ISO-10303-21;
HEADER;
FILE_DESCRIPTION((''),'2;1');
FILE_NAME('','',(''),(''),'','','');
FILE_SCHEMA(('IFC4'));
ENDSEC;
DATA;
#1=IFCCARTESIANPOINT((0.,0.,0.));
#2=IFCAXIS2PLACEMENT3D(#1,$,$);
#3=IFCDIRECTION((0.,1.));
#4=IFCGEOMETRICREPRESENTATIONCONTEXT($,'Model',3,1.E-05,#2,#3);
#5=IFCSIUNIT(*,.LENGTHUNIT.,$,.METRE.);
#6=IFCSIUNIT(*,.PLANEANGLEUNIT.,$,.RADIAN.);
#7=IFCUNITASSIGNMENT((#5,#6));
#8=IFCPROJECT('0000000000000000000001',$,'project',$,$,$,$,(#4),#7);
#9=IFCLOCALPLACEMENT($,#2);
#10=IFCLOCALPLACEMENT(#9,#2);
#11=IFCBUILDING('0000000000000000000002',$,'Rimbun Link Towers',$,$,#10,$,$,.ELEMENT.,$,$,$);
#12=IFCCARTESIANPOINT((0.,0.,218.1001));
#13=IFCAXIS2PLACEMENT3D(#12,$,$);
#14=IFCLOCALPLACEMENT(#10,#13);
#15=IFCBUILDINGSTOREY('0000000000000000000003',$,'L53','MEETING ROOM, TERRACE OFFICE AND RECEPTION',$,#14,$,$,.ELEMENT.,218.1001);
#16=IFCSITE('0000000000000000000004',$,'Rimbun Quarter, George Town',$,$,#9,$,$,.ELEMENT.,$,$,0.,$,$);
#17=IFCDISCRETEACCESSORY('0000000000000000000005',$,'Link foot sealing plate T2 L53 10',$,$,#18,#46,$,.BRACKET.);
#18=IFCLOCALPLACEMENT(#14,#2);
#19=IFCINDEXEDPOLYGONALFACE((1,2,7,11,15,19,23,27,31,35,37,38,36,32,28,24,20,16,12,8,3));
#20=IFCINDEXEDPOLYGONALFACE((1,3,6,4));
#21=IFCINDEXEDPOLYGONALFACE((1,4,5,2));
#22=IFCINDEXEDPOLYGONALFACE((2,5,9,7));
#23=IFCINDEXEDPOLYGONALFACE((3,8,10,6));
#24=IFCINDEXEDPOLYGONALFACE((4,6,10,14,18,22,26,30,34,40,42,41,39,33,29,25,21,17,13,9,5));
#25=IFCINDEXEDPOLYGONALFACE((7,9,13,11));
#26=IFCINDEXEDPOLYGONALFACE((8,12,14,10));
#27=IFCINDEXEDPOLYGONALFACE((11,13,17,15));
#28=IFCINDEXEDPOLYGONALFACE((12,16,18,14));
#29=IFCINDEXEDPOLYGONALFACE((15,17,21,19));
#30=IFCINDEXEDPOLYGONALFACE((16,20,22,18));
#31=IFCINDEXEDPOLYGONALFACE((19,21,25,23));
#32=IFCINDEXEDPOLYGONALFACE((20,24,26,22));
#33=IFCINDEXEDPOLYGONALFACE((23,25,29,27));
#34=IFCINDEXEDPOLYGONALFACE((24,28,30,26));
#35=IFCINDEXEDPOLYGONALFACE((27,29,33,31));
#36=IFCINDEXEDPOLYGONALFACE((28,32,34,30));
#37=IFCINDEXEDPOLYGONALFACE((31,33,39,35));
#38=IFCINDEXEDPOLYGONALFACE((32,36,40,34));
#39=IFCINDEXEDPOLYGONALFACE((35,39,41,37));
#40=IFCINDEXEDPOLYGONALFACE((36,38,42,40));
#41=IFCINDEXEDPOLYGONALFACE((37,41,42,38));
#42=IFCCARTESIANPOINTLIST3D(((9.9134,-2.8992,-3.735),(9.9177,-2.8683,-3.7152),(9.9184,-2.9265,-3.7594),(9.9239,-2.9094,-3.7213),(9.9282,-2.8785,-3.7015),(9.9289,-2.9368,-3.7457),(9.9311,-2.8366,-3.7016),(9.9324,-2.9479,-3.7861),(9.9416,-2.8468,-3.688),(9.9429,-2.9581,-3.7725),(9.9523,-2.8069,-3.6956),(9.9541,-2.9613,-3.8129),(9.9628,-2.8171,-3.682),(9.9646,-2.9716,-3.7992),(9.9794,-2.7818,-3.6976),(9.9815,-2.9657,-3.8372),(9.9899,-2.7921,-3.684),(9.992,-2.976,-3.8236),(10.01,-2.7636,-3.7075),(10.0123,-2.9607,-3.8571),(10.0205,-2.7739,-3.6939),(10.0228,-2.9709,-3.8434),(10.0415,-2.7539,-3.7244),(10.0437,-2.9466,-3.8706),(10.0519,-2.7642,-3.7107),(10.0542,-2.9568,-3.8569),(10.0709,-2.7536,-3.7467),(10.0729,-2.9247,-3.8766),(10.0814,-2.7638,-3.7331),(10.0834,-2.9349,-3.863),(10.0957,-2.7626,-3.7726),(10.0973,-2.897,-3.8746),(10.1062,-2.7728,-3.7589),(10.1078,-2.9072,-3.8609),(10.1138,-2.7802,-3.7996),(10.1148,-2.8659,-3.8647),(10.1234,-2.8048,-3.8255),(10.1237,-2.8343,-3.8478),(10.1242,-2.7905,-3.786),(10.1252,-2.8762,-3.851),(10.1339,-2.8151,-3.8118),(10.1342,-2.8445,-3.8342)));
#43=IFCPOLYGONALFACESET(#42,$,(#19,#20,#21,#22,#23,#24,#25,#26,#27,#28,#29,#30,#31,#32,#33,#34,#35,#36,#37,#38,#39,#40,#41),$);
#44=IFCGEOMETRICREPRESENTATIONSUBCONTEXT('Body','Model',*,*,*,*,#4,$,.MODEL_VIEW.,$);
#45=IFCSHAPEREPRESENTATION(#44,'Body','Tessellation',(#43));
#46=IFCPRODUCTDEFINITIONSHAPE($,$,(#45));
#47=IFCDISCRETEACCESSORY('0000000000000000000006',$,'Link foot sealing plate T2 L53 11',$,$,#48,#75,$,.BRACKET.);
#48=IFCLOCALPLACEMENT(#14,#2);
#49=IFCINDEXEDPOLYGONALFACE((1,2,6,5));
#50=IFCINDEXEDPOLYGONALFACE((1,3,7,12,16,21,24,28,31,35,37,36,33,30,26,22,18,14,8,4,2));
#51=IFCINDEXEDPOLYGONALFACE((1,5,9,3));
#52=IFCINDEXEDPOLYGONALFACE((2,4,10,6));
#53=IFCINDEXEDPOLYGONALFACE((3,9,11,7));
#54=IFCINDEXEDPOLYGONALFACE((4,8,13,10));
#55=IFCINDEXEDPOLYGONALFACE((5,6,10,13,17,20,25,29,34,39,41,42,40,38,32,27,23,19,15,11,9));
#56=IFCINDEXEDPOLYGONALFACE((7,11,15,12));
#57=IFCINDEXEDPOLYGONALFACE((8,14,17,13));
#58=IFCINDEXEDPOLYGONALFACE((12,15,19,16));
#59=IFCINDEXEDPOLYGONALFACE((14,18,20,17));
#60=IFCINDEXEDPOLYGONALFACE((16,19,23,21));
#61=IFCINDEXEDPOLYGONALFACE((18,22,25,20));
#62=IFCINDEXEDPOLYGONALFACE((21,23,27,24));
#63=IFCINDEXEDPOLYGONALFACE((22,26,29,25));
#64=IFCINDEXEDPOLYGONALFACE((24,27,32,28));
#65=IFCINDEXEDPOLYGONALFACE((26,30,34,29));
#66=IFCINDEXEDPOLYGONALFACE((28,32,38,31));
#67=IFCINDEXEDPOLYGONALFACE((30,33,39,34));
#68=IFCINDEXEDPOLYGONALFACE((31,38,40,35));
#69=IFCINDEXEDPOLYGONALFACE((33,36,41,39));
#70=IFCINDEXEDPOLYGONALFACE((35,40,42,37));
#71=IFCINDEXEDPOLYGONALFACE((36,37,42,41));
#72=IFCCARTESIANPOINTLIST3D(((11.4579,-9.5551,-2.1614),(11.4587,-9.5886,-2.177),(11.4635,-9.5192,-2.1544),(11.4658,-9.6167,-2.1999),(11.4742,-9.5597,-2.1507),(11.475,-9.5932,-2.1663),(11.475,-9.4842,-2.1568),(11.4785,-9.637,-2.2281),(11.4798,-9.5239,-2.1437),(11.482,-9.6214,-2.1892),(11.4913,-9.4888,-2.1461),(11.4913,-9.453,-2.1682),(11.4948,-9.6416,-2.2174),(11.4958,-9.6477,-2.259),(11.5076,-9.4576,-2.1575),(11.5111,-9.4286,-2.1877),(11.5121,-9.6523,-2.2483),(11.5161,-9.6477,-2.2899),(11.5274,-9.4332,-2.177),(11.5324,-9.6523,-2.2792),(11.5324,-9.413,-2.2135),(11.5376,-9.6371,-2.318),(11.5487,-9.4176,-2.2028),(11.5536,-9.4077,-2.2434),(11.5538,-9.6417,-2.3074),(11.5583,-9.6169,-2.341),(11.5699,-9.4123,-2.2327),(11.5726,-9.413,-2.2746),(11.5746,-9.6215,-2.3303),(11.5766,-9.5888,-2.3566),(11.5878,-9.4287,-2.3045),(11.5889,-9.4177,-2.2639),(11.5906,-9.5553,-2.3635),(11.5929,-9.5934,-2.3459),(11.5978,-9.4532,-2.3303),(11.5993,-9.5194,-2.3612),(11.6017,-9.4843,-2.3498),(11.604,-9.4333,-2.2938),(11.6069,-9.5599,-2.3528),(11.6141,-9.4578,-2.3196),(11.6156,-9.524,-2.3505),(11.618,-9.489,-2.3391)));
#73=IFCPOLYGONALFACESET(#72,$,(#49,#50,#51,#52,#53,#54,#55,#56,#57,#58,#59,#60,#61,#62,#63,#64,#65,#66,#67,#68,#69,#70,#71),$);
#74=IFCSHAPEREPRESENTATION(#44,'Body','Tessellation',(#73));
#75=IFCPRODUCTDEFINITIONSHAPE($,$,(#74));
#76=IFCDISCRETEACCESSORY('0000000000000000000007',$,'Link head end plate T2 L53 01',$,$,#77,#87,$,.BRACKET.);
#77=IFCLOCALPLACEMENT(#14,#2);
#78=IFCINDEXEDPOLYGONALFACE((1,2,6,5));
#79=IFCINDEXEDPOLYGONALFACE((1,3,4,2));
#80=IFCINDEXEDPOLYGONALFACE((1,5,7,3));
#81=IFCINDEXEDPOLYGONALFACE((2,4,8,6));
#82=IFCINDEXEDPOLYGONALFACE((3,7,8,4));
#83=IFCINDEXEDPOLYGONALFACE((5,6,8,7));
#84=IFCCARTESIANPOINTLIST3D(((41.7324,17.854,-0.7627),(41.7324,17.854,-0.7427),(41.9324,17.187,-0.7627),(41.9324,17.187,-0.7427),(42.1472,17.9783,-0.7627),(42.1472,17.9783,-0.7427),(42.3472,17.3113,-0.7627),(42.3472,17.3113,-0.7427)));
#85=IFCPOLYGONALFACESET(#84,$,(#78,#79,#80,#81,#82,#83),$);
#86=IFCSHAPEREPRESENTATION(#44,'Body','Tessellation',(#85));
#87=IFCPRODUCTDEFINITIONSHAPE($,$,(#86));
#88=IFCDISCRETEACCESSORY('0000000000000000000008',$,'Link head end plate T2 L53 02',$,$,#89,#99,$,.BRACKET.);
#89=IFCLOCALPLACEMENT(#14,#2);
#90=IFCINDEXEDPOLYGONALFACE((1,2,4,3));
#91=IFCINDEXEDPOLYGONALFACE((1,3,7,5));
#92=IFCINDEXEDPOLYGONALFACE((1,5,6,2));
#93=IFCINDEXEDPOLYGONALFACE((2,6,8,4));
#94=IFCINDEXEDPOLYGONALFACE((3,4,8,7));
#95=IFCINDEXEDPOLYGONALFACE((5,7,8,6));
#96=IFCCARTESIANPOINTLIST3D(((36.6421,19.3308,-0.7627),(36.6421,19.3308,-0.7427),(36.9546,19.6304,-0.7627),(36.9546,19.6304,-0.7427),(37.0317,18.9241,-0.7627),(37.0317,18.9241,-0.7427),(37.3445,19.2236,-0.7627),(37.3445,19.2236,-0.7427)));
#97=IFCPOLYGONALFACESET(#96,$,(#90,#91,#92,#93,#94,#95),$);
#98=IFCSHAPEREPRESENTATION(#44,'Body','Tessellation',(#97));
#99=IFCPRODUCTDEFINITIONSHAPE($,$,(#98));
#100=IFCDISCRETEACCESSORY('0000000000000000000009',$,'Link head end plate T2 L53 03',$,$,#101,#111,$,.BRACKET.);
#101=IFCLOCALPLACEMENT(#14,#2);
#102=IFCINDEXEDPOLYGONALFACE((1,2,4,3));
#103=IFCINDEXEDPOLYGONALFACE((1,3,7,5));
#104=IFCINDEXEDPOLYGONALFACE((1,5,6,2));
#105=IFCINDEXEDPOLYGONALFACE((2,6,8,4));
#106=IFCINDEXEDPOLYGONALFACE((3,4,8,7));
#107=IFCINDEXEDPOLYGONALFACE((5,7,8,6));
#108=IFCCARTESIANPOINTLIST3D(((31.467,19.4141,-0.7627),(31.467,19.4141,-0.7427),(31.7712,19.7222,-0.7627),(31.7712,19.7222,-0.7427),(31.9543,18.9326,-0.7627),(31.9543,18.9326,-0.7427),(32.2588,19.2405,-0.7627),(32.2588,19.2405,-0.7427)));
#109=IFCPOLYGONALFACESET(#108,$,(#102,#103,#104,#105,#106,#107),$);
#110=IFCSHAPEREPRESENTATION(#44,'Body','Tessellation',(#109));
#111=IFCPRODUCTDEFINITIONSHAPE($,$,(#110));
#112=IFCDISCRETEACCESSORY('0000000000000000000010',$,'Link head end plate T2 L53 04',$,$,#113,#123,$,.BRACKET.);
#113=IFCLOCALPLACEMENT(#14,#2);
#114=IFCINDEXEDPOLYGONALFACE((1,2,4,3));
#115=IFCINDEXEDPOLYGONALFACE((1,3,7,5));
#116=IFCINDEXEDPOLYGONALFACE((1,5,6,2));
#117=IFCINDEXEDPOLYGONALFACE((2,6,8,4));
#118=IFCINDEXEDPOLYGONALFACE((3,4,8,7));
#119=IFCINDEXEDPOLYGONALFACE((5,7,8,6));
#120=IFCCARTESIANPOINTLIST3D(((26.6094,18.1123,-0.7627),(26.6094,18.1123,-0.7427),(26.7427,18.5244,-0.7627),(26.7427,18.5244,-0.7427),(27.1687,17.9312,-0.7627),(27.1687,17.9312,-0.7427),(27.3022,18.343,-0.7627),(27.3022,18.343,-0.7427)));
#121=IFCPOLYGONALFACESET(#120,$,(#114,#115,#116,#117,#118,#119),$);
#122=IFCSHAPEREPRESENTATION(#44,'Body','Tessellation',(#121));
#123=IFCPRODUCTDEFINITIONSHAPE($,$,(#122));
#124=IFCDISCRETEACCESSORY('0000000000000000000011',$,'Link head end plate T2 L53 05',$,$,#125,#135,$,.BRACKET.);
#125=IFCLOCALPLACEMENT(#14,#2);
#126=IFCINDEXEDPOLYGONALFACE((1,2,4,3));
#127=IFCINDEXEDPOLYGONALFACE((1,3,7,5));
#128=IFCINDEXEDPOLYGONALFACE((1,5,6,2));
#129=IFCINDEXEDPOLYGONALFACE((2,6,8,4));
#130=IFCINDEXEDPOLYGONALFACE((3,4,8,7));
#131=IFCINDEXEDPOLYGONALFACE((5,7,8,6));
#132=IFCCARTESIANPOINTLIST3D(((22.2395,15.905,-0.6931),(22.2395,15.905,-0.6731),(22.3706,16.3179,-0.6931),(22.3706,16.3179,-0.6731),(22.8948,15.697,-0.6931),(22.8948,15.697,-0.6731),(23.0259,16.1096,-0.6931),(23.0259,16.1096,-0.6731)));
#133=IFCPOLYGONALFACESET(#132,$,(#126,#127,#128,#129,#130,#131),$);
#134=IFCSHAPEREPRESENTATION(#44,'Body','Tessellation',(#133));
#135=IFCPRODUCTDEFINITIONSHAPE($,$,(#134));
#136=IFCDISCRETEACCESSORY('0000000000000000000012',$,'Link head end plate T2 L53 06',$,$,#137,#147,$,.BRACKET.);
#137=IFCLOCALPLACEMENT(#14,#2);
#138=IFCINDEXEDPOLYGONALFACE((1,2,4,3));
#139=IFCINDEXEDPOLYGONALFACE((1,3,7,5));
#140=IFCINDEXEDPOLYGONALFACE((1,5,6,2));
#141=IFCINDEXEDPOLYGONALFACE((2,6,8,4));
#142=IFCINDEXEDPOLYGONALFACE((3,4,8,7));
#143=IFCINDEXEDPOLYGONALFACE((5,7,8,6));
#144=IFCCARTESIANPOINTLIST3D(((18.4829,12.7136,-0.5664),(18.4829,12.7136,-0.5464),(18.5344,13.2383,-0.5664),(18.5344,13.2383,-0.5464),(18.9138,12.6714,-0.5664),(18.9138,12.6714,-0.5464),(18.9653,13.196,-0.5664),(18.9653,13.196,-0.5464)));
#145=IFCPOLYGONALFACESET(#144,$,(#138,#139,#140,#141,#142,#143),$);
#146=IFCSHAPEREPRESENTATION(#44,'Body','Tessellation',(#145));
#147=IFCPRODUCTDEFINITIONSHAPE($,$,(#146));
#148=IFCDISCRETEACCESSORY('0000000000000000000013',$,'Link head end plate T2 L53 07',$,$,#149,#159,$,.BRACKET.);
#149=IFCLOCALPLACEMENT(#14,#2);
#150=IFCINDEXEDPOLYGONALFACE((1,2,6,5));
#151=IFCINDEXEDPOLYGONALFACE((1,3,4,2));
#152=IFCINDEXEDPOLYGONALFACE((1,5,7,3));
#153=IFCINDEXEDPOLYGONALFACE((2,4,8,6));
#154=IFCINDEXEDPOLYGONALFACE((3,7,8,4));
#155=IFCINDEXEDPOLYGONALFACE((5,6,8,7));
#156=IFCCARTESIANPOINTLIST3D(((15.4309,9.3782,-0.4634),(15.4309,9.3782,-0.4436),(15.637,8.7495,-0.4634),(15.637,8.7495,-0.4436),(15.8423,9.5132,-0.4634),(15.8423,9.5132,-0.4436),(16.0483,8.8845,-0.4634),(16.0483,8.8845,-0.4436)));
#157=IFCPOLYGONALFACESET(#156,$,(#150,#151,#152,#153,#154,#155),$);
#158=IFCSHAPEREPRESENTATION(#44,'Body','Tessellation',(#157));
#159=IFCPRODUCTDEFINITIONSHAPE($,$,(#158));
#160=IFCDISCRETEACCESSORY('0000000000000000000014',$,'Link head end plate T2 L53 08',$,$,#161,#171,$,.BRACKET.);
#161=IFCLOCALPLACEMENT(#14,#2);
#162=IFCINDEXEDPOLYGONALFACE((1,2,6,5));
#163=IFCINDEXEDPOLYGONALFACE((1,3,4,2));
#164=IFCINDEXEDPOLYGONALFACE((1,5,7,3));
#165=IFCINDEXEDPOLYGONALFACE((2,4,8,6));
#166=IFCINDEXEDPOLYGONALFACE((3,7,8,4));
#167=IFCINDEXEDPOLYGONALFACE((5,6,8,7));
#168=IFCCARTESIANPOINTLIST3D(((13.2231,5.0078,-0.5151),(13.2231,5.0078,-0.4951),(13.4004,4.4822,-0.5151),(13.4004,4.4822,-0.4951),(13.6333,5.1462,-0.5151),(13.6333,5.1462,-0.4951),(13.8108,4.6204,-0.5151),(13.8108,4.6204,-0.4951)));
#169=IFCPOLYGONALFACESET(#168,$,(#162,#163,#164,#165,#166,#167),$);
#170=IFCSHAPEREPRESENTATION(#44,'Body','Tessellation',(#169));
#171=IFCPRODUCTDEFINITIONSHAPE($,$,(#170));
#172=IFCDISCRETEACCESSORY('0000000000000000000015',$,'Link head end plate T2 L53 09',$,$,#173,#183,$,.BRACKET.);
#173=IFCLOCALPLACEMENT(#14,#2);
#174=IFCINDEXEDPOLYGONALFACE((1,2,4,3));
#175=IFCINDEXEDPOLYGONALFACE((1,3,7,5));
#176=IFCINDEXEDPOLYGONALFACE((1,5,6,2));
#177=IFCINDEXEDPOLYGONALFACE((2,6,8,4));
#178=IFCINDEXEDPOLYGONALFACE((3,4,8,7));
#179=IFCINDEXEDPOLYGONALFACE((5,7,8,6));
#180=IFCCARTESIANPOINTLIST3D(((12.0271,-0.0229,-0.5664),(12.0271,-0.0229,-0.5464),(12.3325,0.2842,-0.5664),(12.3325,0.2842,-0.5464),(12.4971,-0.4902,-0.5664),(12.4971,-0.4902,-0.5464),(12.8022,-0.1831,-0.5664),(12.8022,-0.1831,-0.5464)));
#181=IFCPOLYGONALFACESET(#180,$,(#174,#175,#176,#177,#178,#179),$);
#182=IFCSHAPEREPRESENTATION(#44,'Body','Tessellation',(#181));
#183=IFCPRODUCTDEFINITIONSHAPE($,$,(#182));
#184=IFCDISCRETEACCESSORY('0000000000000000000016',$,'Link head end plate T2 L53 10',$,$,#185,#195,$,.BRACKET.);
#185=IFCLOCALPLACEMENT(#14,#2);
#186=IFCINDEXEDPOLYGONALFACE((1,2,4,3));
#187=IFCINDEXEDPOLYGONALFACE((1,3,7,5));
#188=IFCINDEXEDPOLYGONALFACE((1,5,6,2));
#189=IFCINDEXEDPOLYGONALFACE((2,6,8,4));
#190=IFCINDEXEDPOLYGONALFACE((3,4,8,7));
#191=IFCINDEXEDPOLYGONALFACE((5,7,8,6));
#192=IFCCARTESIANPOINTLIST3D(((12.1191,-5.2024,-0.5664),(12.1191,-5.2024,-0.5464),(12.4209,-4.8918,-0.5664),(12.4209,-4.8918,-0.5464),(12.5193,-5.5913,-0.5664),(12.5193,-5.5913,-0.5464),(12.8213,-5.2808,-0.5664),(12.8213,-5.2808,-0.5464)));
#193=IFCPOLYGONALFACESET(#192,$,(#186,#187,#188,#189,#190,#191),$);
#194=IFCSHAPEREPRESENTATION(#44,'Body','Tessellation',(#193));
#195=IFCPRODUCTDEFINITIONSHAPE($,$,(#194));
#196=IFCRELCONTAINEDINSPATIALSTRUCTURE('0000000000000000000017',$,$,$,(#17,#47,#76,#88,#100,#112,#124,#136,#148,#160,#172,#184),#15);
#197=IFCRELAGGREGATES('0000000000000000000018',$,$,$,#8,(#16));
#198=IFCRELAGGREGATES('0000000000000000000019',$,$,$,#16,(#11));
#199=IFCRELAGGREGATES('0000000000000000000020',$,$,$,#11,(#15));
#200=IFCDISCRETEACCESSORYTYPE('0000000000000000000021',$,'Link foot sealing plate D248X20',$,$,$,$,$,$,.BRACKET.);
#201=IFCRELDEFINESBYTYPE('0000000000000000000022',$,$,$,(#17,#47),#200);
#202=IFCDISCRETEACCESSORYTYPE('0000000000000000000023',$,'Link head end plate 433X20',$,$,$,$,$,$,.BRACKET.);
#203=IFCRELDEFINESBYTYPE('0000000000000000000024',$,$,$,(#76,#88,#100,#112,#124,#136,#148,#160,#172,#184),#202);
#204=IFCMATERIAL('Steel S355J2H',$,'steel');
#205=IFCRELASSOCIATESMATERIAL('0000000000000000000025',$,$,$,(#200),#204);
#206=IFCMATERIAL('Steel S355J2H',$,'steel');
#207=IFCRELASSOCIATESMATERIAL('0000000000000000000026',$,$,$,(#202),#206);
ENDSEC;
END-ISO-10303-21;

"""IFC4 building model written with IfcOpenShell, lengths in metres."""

from ifc_helpers import new_model, si_unit, direction, frame, origin, origin_2d, place, context, subcontext, project, spatial, polyline, rectangle, circle, outline, extrude, material, material_profile, profile_set, type_object, element, save


model = new_model("IFC4")

# Units and contexts
model_context = context("Model", 3, precision=1e-05, world=origin(), true_north=direction((0.0, 1.0)))
body_context = subcontext(model_context, "Body", "Model", "MODEL_VIEW")
ifc_project = project(units=[si_unit("LENGTHUNIT", "METRE"), si_unit("PLANEANGLEUNIT", "RADIAN")], contexts=[model_context])

# Site, building, storey
site_placement = place(None, origin())
site = spatial("IfcSite", under=ifc_project, at=site_placement, Name="Rimbun Quarter, George Town", CompositionType="ELEMENT", RefElevation=0.0)
building_placement = place(site_placement, origin())
building = spatial("IfcBuilding", under=site, at=building_placement, Name="Rimbun Link Towers", CompositionType="ELEMENT")
storey_placement = place(building_placement, frame((0.0, 0.0, 218.1001)))
storey = spatial("IfcBuildingStorey", under=building, at=storey_placement, Name="L53", Description="MEETING ROOM, TERRACE OFFICE AND RECEPTION", CompositionType="ELEMENT", Elevation=218.1001)

# Discrete accessories
ifc_material_1 = material(Name="Steel S355J2H", Category="steel")
ifc_material_profile_1 = material_profile(ifc_material_1, circle(Radius=0.124, at=origin_2d()), Name="PL D248")
ifc_profile_set_1 = profile_set([ifc_material_profile_1], Name="Steel S355J2H")
discrete_accessory_type_1 = type_object("IfcDiscreteAccessoryType", Name="Link foot sealing plate D248X20", PredefinedType="BRACKET", material=ifc_profile_set_1)
for number, where, z_axis, x_axis, name in (
    (1, (10.0295, -2.8694, -3.7725), (-0.523418, 0.511246, -0.681661), (-0.69874, -0.715376, 0.0), "Link foot sealing plate T2 L53 10"),
    (2, (11.5459, -9.533, -2.2483), (-0.813332, 0.230646, -0.534128), (-0.272824, -0.962064, 0.0), "Link foot sealing plate T2 L53 11"),
):
    element("IfcDiscreteAccessory", number, at=place(storey_placement, frame(where, z_axis=z_axis, x_axis=x_axis)), inside=storey, type_object=discrete_accessory_type_1, Name=name, PredefinedType="BRACKET", context=body_context, shape_type="SweptSolid", body=[
        extrude(circle(Radius=0.124, at=origin_2d()), origin(), (0.0, 0.0, 1.0), 0.02),
    ])
ifc_material_2 = material(Name="Steel S355J2H", Category="steel")
ifc_material_profile_2 = material_profile(ifc_material_2, rectangle(XDim=0.4331, YDim=0.4331, at=origin_2d()), Name="PL 433x433")
ifc_profile_set_2 = profile_set([ifc_material_profile_2], Name="Steel S355J2H")
discrete_accessory_type_2 = type_object("IfcDiscreteAccessoryType", Name="Link head end plate 433X20", PredefinedType="BRACKET", material=ifc_profile_set_2)
discrete_accessory_1_placement = place(storey_placement, frame((0.0, 0.0, -0.7627)))
element("IfcDiscreteAccessory", 3, at=discrete_accessory_1_placement, inside=storey, type_object=discrete_accessory_type_2, Name="Link head end plate T2 L53 01", PredefinedType="BRACKET", context=body_context, shape_type="SweptSolid", body=[
    extrude(outline(polyline([(42.3472, 17.3113), (42.1472, 17.9783), (41.7324, 17.854), (41.9324, 17.187), (42.3472, 17.3113)])), origin(), (0.0, 0.0, 1.0), 0.02),
])
discrete_accessory_2_placement = place(storey_placement, frame((0.0, 0.0, -0.7627)))
element("IfcDiscreteAccessory", 4, at=discrete_accessory_2_placement, inside=storey, type_object=discrete_accessory_type_2, Name="Link head end plate T2 L53 02", PredefinedType="BRACKET", context=body_context, shape_type="SweptSolid", body=[
    extrude(outline(polyline([(37.3445, 19.2236), (36.9546, 19.6304), (36.6421, 19.3308), (37.0317, 18.9241), (37.3445, 19.2236)])), origin(), (0.0, 0.0, 1.0), 0.02),
])
discrete_accessory_3_placement = place(storey_placement, frame((0.0, 0.0, -0.7627)))
element("IfcDiscreteAccessory", 5, at=discrete_accessory_3_placement, inside=storey, type_object=discrete_accessory_type_2, Name="Link head end plate T2 L53 03", PredefinedType="BRACKET", context=body_context, shape_type="SweptSolid", body=[
    extrude(outline(polyline([(32.2588, 19.2405), (31.7712, 19.7222), (31.467, 19.4141), (31.9543, 18.9326), (32.2588, 19.2405)])), origin(), (0.0, 0.0, 1.0), 0.02),
])
discrete_accessory_4_placement = place(storey_placement, frame((0.0, 0.0, -0.7627)))
element("IfcDiscreteAccessory", 6, at=discrete_accessory_4_placement, inside=storey, type_object=discrete_accessory_type_2, Name="Link head end plate T2 L53 04", PredefinedType="BRACKET", context=body_context, shape_type="SweptSolid", body=[
    extrude(outline(polyline([(27.3022, 18.343), (26.7427, 18.5244), (26.6094, 18.1123), (27.1687, 17.9312), (27.3022, 18.343)])), origin(), (0.0, 0.0, 1.0), 0.02),
])
discrete_accessory_5_placement = place(storey_placement, frame((0.0, 0.0, -0.6931)))
element("IfcDiscreteAccessory", 7, at=discrete_accessory_5_placement, inside=storey, type_object=discrete_accessory_type_2, Name="Link head end plate T2 L53 05", PredefinedType="BRACKET", context=body_context, shape_type="SweptSolid", body=[
    extrude(outline(polyline([(23.0259, 16.1096), (22.3706, 16.3179), (22.2395, 15.905), (22.8948, 15.697), (23.0259, 16.1096)])), origin(), (0.0, 0.0, 1.0), 0.02),
])
discrete_accessory_6_placement = place(storey_placement, frame((0.0, 0.0, -0.5664)))
element("IfcDiscreteAccessory", 8, at=discrete_accessory_6_placement, inside=storey, type_object=discrete_accessory_type_2, Name="Link head end plate T2 L53 06", PredefinedType="BRACKET", context=body_context, shape_type="SweptSolid", body=[
    extrude(outline(polyline([(18.9138, 12.6714), (18.9653, 13.196), (18.5344, 13.2383), (18.4829, 12.7136), (18.9138, 12.6714)])), origin(), (0.0, 0.0, 1.0), 0.02),
])
discrete_accessory_7_placement = place(storey_placement, frame((0.0, 0.0, -0.4634)))
element("IfcDiscreteAccessory", 9, at=discrete_accessory_7_placement, inside=storey, type_object=discrete_accessory_type_2, Name="Link head end plate T2 L53 07", PredefinedType="BRACKET", context=body_context, shape_type="SweptSolid", body=[
    extrude(outline(polyline([(16.0483, 8.8845), (15.8423, 9.5132), (15.4309, 9.3782), (15.637, 8.7495), (16.0483, 8.8845)])), origin(), (0.0, 0.0, 1.0), 0.0198),
])
discrete_accessory_8_placement = place(storey_placement, frame((0.0, 0.0, -0.5151)))
element("IfcDiscreteAccessory", 10, at=discrete_accessory_8_placement, inside=storey, type_object=discrete_accessory_type_2, Name="Link head end plate T2 L53 08", PredefinedType="BRACKET", context=body_context, shape_type="SweptSolid", body=[
    extrude(outline(polyline([(13.8108, 4.6204), (13.6333, 5.1462), (13.2231, 5.0078), (13.4004, 4.4822), (13.8108, 4.6204)])), origin(), (0.0, 0.0, 1.0), 0.02),
])
discrete_accessory_9_placement = place(storey_placement, frame((0.0, 0.0, -0.5664)))
element("IfcDiscreteAccessory", 11, at=discrete_accessory_9_placement, inside=storey, type_object=discrete_accessory_type_2, Name="Link head end plate T2 L53 09", PredefinedType="BRACKET", context=body_context, shape_type="SweptSolid", body=[
    extrude(outline(polyline([(12.8022, -0.1831), (12.3325, 0.2842), (12.0271, -0.0229), (12.4971, -0.4902), (12.8022, -0.1831)])), origin(), (0.0, 0.0, 1.0), 0.02),
])
discrete_accessory_10_placement = place(storey_placement, frame((0.0, 0.0, -0.5664)))
element("IfcDiscreteAccessory", 12, at=discrete_accessory_10_placement, inside=storey, type_object=discrete_accessory_type_2, Name="Link head end plate T2 L53 10", PredefinedType="BRACKET", context=body_context, shape_type="SweptSolid", body=[
    extrude(outline(polyline([(12.8213, -5.2808), (12.4209, -4.8918), (12.1191, -5.2024), (12.5193, -5.5913), (12.8213, -5.2808)])), origin(), (0.0, 0.0, 1.0), 0.02),
])

save(model, "model.ifc")
